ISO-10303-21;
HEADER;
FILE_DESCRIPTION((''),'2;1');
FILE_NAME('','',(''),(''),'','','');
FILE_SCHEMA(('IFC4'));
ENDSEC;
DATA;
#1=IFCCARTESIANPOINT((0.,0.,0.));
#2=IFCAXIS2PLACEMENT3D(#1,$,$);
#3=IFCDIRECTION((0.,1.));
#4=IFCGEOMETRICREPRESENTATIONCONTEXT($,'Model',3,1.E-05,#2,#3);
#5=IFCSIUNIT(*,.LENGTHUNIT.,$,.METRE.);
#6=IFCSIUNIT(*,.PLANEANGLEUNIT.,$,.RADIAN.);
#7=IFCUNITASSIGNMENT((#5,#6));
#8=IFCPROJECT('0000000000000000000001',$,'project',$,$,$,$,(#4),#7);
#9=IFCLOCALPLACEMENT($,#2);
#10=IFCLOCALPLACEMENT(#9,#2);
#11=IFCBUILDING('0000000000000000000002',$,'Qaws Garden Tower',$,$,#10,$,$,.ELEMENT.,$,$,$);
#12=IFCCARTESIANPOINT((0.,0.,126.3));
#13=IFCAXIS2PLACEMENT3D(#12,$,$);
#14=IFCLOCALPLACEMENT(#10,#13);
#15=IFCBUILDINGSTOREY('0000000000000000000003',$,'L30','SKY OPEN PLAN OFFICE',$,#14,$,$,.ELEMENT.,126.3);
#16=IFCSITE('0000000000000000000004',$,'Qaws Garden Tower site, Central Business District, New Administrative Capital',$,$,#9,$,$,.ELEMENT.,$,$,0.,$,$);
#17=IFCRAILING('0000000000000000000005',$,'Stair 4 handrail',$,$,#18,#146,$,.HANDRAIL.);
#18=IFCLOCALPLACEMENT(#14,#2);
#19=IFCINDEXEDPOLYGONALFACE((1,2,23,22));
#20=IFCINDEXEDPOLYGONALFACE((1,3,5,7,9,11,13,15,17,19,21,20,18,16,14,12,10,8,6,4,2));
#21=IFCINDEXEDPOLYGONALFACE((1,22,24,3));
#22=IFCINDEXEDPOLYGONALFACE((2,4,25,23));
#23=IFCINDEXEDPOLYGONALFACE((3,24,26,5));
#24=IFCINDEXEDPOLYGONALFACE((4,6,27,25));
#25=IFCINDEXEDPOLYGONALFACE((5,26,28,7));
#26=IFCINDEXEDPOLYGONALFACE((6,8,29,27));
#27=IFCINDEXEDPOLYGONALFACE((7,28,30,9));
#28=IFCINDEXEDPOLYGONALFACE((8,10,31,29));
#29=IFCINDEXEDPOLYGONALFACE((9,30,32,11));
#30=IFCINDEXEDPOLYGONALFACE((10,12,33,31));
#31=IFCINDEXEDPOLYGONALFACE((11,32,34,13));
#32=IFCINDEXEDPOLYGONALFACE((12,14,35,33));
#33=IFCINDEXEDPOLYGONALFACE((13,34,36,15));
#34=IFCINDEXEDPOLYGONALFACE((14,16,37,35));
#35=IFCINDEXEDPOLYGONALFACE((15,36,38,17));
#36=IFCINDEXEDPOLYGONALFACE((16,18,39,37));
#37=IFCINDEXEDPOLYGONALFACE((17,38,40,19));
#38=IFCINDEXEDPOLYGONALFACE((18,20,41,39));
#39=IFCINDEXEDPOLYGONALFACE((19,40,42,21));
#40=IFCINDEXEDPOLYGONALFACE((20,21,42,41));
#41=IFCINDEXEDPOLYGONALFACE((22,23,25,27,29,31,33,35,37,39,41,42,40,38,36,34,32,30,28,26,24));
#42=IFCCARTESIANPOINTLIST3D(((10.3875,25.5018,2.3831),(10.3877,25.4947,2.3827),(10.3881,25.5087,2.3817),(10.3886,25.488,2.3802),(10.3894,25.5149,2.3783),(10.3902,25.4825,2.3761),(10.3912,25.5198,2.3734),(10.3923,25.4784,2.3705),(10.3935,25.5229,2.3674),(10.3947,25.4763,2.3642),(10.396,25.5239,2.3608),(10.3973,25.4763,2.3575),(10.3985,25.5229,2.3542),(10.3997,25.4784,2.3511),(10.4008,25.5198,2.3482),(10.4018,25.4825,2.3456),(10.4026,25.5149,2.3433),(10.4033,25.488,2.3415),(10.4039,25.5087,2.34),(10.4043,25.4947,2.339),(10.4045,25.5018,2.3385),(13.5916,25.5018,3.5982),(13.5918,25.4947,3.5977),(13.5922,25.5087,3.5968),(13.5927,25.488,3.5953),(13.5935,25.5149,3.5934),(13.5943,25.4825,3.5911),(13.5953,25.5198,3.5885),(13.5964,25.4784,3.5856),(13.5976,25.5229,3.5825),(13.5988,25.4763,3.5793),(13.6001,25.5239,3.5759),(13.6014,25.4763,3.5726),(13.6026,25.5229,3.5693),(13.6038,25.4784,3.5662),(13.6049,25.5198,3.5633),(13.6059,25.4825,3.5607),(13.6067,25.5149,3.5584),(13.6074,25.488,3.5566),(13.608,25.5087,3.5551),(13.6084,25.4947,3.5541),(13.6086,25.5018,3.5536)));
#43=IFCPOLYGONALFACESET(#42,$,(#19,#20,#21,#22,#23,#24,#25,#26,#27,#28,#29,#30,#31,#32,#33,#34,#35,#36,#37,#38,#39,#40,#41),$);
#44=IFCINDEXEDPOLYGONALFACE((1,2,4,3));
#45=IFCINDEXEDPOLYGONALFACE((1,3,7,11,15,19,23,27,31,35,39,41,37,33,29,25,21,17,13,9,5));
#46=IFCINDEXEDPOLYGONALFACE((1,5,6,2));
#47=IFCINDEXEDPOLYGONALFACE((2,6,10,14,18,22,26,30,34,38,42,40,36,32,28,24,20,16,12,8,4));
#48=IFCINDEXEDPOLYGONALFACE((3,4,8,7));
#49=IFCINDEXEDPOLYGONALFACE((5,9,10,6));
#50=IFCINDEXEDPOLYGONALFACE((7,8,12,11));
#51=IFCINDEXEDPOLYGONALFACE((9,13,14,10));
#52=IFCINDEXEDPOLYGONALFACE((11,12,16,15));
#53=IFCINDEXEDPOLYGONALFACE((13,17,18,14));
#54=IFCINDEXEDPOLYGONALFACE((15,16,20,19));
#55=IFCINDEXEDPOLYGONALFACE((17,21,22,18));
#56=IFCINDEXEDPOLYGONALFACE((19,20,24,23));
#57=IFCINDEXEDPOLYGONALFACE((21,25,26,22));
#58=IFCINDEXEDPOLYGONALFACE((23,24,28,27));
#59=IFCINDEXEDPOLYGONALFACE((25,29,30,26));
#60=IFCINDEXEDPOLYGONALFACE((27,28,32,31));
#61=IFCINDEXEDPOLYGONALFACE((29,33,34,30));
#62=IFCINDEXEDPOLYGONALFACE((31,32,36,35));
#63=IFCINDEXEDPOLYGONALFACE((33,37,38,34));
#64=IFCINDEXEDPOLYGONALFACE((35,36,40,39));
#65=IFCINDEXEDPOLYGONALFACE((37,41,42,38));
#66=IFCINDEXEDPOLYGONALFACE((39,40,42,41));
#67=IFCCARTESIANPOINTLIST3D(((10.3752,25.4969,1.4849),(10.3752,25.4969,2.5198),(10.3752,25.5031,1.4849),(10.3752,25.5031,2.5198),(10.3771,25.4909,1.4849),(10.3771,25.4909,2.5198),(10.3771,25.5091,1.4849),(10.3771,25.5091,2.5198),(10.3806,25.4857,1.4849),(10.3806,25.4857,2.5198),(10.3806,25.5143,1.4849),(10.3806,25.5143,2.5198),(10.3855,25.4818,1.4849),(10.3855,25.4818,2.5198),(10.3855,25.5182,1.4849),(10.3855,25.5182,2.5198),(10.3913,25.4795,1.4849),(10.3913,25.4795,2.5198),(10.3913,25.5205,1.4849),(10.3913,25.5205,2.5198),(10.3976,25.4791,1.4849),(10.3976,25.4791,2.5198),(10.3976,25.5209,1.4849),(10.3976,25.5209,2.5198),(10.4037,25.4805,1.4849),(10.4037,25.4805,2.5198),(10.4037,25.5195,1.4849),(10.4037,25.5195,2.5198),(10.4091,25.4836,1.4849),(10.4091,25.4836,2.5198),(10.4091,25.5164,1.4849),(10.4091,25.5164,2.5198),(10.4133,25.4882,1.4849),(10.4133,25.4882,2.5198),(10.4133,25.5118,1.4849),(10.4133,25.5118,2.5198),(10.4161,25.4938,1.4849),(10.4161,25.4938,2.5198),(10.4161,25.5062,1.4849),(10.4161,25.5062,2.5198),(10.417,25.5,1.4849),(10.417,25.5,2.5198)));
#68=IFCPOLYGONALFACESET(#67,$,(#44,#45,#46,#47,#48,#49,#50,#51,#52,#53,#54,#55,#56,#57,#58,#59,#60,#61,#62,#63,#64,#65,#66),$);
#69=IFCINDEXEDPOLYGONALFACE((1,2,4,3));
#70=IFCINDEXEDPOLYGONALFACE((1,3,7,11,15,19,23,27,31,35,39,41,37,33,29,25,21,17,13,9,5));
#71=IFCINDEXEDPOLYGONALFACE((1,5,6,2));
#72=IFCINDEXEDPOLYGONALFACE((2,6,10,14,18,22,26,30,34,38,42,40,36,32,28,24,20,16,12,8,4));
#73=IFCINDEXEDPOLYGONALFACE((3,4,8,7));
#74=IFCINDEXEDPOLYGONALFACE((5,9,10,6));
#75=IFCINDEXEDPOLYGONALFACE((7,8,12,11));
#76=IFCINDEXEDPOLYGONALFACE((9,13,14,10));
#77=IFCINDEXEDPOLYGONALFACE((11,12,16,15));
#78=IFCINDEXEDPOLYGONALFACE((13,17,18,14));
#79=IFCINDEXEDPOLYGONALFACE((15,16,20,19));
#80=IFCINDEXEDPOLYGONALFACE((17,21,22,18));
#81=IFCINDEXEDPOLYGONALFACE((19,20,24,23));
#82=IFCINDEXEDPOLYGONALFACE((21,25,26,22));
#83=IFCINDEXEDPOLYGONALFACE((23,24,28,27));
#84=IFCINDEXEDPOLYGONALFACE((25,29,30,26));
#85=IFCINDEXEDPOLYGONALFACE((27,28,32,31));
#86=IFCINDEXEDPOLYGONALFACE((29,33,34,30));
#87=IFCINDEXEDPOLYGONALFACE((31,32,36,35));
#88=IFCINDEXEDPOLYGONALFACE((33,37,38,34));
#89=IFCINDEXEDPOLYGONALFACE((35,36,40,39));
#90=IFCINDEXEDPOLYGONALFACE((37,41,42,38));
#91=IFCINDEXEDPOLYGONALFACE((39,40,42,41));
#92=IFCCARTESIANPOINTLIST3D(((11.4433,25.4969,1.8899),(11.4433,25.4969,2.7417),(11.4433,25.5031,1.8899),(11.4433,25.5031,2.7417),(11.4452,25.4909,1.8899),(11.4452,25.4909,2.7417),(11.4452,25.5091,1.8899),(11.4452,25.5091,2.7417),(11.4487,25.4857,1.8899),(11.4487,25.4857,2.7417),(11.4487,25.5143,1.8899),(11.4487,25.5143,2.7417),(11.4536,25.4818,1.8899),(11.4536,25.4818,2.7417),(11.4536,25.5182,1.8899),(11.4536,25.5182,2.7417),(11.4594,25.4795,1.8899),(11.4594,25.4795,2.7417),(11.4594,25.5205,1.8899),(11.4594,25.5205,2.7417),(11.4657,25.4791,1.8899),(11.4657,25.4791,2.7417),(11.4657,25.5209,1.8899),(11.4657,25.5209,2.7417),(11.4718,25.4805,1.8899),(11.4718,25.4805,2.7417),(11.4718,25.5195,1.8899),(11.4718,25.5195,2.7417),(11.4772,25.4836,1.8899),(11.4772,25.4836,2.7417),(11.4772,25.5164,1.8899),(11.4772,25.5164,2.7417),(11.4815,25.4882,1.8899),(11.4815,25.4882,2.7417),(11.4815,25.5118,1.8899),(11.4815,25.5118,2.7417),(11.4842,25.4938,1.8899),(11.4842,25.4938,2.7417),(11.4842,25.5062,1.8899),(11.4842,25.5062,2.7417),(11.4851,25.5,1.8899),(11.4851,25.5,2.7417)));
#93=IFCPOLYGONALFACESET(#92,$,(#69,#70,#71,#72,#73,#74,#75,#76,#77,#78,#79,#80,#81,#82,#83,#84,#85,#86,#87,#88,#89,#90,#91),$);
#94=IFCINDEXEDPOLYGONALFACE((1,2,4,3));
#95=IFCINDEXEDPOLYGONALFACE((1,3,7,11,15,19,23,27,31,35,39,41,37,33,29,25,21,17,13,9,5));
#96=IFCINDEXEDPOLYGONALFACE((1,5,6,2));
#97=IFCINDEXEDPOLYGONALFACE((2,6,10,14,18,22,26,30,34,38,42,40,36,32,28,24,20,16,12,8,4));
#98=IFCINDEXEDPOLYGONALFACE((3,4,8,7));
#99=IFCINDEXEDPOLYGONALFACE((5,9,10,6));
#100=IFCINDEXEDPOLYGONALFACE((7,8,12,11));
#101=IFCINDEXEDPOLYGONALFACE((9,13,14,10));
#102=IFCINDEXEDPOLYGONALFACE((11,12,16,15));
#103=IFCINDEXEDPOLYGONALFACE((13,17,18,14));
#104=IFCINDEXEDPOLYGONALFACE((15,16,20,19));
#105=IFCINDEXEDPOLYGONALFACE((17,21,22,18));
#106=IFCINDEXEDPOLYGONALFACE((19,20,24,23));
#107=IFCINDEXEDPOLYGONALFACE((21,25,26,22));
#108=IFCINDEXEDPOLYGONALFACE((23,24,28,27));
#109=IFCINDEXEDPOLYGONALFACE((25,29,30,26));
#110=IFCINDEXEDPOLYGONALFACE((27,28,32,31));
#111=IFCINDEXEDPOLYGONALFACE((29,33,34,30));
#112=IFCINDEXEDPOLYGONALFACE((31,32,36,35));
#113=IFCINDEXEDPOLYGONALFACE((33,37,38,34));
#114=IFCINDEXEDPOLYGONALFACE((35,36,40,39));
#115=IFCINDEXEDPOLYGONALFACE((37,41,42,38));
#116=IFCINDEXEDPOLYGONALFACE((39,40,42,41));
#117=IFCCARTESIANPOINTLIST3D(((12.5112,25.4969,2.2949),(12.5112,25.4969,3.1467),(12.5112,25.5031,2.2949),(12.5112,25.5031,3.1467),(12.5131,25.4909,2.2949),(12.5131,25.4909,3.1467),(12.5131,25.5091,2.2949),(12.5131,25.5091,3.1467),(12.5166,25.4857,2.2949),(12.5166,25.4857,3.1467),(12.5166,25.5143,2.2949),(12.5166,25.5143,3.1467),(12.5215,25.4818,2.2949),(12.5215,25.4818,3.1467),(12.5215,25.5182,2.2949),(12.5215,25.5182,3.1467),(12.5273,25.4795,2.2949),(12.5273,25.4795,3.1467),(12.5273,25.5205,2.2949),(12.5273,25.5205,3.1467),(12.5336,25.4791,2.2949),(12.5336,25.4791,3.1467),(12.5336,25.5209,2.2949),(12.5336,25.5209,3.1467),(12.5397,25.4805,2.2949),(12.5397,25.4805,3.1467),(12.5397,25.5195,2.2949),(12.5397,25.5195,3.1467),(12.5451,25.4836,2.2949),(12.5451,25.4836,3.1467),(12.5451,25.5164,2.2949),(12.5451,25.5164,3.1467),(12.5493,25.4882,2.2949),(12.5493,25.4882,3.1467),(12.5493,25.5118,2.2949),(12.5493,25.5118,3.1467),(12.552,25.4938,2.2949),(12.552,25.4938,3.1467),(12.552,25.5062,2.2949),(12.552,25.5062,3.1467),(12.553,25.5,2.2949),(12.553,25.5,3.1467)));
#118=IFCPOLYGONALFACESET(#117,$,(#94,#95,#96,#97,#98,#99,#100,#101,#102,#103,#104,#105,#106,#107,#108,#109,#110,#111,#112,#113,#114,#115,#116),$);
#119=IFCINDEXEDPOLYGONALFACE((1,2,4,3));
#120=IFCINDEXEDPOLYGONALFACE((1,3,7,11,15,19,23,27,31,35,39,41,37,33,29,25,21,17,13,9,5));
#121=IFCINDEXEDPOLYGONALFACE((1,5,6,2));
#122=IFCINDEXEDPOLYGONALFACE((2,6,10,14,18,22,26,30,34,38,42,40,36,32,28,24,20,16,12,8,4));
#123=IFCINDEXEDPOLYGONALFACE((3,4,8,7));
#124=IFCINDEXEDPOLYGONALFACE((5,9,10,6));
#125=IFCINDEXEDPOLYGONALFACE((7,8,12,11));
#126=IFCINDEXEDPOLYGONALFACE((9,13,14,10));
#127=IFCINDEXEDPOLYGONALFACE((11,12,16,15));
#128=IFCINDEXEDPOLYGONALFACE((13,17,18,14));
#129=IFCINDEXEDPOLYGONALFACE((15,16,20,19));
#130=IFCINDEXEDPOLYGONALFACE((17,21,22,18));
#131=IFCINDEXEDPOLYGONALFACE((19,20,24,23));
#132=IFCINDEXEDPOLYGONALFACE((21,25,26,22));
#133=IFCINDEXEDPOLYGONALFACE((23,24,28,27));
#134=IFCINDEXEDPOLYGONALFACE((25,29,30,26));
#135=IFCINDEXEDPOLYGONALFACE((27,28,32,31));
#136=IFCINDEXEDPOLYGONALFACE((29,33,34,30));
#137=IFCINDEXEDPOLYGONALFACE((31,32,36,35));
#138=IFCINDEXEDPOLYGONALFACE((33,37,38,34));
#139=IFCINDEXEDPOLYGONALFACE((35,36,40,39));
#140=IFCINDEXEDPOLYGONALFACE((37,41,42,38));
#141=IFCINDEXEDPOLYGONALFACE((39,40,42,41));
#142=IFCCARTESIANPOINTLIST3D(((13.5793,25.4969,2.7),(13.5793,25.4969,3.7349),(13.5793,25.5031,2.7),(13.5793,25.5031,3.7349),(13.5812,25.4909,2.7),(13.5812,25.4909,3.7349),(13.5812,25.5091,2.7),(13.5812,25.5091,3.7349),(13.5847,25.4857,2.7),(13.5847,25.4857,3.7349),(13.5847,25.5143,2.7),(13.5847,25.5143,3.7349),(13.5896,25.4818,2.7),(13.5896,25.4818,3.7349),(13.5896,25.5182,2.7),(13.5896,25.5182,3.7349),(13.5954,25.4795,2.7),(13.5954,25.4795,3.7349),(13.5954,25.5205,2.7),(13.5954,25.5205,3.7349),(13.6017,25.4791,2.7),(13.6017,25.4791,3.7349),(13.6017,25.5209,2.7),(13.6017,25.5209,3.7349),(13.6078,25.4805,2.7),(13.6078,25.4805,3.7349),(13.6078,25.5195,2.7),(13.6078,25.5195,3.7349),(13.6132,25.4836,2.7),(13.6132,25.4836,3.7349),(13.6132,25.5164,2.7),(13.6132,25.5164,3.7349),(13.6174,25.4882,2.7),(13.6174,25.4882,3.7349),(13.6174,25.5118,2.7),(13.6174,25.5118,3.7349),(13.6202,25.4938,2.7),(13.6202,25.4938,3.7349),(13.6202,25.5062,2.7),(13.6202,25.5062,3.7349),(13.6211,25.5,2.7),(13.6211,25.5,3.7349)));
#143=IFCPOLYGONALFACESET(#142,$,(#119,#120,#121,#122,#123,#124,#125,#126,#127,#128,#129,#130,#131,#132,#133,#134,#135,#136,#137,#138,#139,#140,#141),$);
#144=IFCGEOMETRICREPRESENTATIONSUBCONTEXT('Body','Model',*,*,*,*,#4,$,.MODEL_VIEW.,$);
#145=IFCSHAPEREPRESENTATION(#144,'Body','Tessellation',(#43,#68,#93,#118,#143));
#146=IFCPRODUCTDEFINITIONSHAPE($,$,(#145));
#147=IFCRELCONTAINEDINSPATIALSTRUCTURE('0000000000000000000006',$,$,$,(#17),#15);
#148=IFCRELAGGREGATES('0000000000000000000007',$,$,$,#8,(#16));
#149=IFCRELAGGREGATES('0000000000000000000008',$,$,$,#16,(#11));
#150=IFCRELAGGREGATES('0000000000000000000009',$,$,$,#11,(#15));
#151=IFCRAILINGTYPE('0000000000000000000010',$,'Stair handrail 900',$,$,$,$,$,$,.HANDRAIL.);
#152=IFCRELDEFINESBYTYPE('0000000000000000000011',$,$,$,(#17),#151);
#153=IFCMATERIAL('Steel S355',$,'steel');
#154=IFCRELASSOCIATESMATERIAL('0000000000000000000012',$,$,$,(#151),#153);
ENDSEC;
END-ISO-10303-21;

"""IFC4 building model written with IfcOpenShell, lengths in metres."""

from ifc_helpers import new_model, si_unit, direction, frame, origin, origin_2d, place, context, subcontext, project, spatial, circle, extrude, material, type_object, element, save


model = new_model("IFC4")

# Units and contexts
model_context = context("Model", 3, precision=1e-05, world=origin(), true_north=direction((0.0, 1.0)))
body_context = subcontext(model_context, "Body", "Model", "MODEL_VIEW")
ifc_project = project(units=[si_unit("LENGTHUNIT", "METRE"), si_unit("PLANEANGLEUNIT", "RADIAN")], contexts=[model_context])

# Site, building, storey
site_placement = place(None, origin())
site = spatial("IfcSite", under=ifc_project, at=site_placement, Name="Qaws Garden Tower site, Central Business District, New Administrative Capital", CompositionType="ELEMENT", RefElevation=0.0)
building_placement = place(site_placement, origin())
building = spatial("IfcBuilding", under=site, at=building_placement, Name="Qaws Garden Tower", CompositionType="ELEMENT")
storey_placement = place(building_placement, frame((0.0, 0.0, 126.3)))
storey = spatial("IfcBuildingStorey", under=building, at=storey_placement, Name="L30", Description="SKY OPEN PLAN OFFICE", CompositionType="ELEMENT", Elevation=126.3)

# Railing
ifc_material_1 = material(Name="Steel S355", Category="steel")
railing_type = type_object("IfcRailingType", Name="Stair handrail 900", PredefinedType="HANDRAIL", material=ifc_material_1)
railing_1_placement = place(storey_placement, frame((10.396, 25.5, 1.4849)))
element("IfcRailing", 1, at=railing_1_placement, inside=storey, type_object=railing_type, Name="Stair 4 handrail", PredefinedType="HANDRAIL", context=body_context, shape_type="SweptSolid", body=[
    extrude(circle(Radius=0.0239, at=origin_2d()), frame((0.0, 0.0, 0.876), z_axis=(0.935023, 0.0, 0.354588), x_axis=(0.0, 1.0, 0.0)), (0.0, 0.0, 1.0), 3.4268),
    extrude(circle(Radius=0.021, at=origin_2d()), origin(), (0.0, 0.0, 1.0), 1.0349),
    extrude(circle(Radius=0.021, at=origin_2d()), frame((1.0681, 0.0, 0.405)), (0.0, 0.0, 1.0), 0.8518),
    extrude(circle(Radius=0.021, at=origin_2d()), frame((2.136, 0.0, 0.8101)), (0.0, 0.0, 1.0), 0.8518),
    extrude(circle(Radius=0.021, at=origin_2d()), frame((3.2041, 0.0, 1.2151)), (0.0, 0.0, 1.0), 1.0349),
])

save(model, "model.ifc")
